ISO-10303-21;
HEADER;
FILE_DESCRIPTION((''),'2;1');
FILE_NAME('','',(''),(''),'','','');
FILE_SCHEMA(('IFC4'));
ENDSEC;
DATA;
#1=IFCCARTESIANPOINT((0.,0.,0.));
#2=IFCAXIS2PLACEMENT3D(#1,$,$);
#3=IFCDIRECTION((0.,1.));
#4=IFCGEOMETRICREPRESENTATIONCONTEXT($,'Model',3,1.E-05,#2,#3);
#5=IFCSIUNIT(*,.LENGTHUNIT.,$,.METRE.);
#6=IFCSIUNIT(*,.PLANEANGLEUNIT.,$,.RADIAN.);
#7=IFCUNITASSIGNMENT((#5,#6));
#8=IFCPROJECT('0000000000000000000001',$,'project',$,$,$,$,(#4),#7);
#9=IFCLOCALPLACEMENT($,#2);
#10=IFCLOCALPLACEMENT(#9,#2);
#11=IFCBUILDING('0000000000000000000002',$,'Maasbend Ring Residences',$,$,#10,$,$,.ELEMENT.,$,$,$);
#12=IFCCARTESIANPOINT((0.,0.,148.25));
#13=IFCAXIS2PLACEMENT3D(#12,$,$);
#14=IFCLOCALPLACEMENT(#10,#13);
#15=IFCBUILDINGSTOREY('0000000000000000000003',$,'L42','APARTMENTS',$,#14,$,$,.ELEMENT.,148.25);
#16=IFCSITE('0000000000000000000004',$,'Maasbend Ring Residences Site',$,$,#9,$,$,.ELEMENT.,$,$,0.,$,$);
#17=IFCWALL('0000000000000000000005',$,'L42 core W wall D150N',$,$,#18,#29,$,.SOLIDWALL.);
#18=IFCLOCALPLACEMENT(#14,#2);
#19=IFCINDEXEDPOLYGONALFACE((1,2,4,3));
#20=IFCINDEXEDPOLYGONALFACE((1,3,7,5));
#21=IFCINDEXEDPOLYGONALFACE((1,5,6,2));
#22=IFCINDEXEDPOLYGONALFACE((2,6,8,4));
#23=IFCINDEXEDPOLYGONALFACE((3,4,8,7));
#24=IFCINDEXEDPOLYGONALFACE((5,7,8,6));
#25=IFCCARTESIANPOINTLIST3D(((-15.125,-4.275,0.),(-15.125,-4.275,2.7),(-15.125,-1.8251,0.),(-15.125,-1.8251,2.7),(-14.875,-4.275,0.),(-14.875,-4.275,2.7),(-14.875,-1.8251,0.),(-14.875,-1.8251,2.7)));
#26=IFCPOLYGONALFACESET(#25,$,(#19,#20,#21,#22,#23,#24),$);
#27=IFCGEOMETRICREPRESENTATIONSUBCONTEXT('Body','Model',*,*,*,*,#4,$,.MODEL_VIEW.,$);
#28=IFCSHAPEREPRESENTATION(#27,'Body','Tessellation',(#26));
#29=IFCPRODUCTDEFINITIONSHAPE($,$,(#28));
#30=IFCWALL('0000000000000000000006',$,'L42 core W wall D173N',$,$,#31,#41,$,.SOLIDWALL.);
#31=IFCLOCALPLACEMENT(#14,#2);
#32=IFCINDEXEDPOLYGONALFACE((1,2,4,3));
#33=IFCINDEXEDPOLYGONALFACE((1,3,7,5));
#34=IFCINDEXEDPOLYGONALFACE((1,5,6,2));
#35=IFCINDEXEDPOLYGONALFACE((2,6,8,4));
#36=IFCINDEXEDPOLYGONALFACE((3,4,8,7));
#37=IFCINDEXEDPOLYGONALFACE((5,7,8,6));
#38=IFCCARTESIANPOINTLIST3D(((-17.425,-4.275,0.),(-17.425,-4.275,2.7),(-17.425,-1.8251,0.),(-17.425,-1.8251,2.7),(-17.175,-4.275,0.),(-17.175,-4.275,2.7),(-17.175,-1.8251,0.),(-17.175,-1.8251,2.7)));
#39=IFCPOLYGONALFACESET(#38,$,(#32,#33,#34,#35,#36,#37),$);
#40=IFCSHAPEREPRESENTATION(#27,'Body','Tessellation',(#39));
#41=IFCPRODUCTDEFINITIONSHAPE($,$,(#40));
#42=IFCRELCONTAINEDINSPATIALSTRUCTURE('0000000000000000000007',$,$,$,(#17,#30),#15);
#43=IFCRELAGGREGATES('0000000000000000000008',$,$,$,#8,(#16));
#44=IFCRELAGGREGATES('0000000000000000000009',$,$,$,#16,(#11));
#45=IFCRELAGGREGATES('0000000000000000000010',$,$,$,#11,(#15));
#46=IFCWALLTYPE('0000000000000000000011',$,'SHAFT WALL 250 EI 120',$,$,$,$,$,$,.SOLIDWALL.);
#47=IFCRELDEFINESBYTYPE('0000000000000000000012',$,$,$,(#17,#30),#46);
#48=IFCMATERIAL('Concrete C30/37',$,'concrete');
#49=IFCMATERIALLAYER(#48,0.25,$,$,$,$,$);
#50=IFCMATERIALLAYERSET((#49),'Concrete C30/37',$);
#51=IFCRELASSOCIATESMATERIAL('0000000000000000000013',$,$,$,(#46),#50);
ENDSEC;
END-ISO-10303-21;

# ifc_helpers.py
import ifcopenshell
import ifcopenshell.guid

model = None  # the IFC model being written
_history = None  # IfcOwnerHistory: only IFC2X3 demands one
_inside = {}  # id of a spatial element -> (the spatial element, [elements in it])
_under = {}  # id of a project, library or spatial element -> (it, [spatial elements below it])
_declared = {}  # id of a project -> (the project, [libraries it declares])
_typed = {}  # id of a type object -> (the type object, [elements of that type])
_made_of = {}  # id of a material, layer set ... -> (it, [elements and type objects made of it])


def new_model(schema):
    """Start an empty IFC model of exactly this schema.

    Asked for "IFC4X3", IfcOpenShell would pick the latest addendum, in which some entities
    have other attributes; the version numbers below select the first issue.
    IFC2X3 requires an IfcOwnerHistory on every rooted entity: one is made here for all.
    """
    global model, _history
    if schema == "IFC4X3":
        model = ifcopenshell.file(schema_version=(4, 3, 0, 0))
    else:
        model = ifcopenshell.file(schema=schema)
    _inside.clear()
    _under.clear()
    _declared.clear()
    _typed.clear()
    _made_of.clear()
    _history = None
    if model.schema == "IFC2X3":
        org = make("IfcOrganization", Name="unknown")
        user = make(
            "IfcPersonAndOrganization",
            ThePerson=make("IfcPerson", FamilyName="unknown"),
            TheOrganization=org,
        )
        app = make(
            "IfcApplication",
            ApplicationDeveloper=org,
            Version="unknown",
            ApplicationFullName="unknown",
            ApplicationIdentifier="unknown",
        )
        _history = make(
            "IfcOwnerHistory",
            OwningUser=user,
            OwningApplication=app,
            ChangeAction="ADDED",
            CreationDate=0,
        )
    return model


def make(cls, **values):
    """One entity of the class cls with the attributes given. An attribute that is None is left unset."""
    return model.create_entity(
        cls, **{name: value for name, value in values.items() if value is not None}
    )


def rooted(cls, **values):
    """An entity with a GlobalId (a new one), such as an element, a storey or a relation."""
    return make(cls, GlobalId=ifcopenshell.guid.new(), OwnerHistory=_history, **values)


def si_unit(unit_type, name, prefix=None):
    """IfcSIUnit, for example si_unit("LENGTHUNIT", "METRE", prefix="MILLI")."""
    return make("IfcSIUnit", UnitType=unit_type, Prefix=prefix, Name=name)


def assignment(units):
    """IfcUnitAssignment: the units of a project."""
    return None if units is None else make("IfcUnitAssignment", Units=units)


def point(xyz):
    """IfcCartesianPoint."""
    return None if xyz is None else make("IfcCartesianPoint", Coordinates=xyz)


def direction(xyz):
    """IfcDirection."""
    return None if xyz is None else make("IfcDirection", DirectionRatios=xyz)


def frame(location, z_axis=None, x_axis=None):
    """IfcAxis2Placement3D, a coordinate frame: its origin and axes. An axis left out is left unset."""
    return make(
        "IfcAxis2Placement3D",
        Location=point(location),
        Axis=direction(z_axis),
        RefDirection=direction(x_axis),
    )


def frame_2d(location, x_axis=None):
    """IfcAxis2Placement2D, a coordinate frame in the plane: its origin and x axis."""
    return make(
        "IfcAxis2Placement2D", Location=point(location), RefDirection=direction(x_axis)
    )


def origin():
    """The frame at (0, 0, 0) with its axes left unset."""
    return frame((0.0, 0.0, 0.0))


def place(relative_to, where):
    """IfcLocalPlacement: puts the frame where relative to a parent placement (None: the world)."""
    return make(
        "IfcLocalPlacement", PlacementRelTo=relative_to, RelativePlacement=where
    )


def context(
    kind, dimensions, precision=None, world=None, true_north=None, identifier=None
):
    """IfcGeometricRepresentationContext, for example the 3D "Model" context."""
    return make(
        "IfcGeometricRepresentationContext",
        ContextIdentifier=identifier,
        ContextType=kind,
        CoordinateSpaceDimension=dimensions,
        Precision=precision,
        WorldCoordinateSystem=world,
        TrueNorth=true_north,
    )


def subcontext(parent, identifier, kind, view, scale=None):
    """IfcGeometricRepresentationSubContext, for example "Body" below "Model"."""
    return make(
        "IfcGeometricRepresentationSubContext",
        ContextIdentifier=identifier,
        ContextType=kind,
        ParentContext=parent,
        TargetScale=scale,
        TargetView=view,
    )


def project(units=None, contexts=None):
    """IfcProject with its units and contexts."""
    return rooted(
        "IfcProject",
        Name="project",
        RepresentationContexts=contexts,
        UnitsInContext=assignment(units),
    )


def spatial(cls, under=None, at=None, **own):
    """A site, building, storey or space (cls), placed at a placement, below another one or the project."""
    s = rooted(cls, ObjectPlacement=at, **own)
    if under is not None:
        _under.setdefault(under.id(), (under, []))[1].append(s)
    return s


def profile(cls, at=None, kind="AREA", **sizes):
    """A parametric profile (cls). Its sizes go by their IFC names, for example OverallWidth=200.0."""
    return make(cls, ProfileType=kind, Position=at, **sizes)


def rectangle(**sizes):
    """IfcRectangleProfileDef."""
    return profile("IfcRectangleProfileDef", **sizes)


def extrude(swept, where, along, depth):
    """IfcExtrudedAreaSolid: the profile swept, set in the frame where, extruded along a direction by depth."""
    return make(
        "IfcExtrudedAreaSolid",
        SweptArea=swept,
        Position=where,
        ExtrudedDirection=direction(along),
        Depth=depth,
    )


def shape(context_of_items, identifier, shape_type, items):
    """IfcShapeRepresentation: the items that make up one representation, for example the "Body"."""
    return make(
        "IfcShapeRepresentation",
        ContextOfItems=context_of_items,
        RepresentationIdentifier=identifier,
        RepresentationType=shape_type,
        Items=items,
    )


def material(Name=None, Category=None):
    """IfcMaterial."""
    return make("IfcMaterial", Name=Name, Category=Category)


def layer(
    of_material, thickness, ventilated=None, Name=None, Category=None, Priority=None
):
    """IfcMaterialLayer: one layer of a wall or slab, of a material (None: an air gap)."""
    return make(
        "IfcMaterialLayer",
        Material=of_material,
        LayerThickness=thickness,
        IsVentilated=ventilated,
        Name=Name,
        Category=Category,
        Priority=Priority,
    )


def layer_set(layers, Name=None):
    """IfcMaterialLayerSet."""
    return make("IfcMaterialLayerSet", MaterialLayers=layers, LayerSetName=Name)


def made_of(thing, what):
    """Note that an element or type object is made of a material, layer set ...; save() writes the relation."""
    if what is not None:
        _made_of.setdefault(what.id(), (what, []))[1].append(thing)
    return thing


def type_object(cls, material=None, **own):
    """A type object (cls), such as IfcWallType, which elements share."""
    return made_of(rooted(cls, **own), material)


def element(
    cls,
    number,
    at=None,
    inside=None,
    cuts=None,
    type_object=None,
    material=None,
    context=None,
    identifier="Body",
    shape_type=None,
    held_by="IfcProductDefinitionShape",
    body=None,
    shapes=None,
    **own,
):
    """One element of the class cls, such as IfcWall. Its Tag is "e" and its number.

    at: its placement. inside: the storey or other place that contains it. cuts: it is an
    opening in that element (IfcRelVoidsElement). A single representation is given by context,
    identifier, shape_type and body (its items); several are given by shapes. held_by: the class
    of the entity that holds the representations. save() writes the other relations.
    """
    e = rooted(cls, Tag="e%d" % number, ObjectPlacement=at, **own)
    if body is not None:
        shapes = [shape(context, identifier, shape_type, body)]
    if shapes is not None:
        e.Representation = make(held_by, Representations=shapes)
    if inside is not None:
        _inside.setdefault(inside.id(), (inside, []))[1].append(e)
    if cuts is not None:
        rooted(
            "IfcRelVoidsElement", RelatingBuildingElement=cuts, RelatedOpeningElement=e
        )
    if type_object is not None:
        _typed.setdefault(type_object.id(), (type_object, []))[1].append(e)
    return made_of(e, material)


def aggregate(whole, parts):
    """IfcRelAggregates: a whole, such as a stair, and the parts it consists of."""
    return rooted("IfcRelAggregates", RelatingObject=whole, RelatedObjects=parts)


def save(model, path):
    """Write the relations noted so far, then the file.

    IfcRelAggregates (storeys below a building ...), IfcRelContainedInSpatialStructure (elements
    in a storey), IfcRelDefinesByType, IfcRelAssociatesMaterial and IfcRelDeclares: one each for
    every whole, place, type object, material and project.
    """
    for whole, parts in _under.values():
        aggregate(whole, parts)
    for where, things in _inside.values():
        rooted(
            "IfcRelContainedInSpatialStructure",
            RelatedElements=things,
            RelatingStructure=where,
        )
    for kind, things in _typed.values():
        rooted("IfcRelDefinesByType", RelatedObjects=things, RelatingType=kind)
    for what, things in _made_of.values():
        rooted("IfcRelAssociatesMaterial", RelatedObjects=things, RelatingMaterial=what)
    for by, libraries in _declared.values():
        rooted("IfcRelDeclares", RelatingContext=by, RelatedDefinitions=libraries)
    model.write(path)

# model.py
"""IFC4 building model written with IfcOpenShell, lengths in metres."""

from ifc_helpers import new_model, si_unit, direction, frame, frame_2d, origin, place, context, subcontext, project, spatial, rectangle, extrude, material, layer, layer_set, type_object, element, save


model = new_model("IFC4")

# Units and contexts
model_context = context("Model", 3, precision=1e-05, world=origin(), true_north=direction((0.0, 1.0)))
body_context = subcontext(model_context, "Body", "Model", "MODEL_VIEW")
ifc_project = project(units=[si_unit("LENGTHUNIT", "METRE"), si_unit("PLANEANGLEUNIT", "RADIAN")], contexts=[model_context])

# Site, building, storey
site_placement = place(None, origin())
site = spatial("IfcSite", under=ifc_project, at=site_placement, Name="Maasbend Ring Residences Site", CompositionType="ELEMENT", RefElevation=0.0)
building_placement = place(site_placement, origin())
building = spatial("IfcBuilding", under=site, at=building_placement, Name="Maasbend Ring Residences", CompositionType="ELEMENT")
storey_placement = place(building_placement, frame((0.0, 0.0, 148.25)))
storey = spatial("IfcBuildingStorey", under=building, at=storey_placement, Name="L42", Description="APARTMENTS", CompositionType="ELEMENT", Elevation=148.25)

# Walls
ifc_material_1 = material(Name="Concrete C30/37", Category="concrete")
ifc_layer_1 = layer(ifc_material_1, 0.25)
ifc_layer_set_1 = layer_set([ifc_layer_1], Name="Concrete C30/37")
wall_type_1 = type_object("IfcWallType", Name="SHAFT WALL 250 EI 120", PredefinedType="SOLIDWALL", material=ifc_layer_set_1)
for number, where, z_axis, x_axis, name in (
    (1, (-15.0, -1.825, 0.0), (0.0, 0.0, 1.0), (0.0, -1.0, 0.0), "L42 core W wall D150N"),
    (2, (-17.3, -1.825, 0.0), (0.0, 0.0, 1.0), (0.0, -1.0, 0.0), "L42 core W wall D173N"),
):
    element("IfcWall", number, at=place(storey_placement, frame(where, z_axis=z_axis, x_axis=x_axis)), inside=storey, type_object=wall_type_1, Name=name, PredefinedType="SOLIDWALL", context=body_context, shape_type="SweptSolid", body=[
        extrude(rectangle(XDim=2.45, YDim=0.25, at=frame_2d((1.2251, 0.0))), origin(), (0.0, 0.0, 1.0), 2.7),
    ])

save(model, "model.ifc")
